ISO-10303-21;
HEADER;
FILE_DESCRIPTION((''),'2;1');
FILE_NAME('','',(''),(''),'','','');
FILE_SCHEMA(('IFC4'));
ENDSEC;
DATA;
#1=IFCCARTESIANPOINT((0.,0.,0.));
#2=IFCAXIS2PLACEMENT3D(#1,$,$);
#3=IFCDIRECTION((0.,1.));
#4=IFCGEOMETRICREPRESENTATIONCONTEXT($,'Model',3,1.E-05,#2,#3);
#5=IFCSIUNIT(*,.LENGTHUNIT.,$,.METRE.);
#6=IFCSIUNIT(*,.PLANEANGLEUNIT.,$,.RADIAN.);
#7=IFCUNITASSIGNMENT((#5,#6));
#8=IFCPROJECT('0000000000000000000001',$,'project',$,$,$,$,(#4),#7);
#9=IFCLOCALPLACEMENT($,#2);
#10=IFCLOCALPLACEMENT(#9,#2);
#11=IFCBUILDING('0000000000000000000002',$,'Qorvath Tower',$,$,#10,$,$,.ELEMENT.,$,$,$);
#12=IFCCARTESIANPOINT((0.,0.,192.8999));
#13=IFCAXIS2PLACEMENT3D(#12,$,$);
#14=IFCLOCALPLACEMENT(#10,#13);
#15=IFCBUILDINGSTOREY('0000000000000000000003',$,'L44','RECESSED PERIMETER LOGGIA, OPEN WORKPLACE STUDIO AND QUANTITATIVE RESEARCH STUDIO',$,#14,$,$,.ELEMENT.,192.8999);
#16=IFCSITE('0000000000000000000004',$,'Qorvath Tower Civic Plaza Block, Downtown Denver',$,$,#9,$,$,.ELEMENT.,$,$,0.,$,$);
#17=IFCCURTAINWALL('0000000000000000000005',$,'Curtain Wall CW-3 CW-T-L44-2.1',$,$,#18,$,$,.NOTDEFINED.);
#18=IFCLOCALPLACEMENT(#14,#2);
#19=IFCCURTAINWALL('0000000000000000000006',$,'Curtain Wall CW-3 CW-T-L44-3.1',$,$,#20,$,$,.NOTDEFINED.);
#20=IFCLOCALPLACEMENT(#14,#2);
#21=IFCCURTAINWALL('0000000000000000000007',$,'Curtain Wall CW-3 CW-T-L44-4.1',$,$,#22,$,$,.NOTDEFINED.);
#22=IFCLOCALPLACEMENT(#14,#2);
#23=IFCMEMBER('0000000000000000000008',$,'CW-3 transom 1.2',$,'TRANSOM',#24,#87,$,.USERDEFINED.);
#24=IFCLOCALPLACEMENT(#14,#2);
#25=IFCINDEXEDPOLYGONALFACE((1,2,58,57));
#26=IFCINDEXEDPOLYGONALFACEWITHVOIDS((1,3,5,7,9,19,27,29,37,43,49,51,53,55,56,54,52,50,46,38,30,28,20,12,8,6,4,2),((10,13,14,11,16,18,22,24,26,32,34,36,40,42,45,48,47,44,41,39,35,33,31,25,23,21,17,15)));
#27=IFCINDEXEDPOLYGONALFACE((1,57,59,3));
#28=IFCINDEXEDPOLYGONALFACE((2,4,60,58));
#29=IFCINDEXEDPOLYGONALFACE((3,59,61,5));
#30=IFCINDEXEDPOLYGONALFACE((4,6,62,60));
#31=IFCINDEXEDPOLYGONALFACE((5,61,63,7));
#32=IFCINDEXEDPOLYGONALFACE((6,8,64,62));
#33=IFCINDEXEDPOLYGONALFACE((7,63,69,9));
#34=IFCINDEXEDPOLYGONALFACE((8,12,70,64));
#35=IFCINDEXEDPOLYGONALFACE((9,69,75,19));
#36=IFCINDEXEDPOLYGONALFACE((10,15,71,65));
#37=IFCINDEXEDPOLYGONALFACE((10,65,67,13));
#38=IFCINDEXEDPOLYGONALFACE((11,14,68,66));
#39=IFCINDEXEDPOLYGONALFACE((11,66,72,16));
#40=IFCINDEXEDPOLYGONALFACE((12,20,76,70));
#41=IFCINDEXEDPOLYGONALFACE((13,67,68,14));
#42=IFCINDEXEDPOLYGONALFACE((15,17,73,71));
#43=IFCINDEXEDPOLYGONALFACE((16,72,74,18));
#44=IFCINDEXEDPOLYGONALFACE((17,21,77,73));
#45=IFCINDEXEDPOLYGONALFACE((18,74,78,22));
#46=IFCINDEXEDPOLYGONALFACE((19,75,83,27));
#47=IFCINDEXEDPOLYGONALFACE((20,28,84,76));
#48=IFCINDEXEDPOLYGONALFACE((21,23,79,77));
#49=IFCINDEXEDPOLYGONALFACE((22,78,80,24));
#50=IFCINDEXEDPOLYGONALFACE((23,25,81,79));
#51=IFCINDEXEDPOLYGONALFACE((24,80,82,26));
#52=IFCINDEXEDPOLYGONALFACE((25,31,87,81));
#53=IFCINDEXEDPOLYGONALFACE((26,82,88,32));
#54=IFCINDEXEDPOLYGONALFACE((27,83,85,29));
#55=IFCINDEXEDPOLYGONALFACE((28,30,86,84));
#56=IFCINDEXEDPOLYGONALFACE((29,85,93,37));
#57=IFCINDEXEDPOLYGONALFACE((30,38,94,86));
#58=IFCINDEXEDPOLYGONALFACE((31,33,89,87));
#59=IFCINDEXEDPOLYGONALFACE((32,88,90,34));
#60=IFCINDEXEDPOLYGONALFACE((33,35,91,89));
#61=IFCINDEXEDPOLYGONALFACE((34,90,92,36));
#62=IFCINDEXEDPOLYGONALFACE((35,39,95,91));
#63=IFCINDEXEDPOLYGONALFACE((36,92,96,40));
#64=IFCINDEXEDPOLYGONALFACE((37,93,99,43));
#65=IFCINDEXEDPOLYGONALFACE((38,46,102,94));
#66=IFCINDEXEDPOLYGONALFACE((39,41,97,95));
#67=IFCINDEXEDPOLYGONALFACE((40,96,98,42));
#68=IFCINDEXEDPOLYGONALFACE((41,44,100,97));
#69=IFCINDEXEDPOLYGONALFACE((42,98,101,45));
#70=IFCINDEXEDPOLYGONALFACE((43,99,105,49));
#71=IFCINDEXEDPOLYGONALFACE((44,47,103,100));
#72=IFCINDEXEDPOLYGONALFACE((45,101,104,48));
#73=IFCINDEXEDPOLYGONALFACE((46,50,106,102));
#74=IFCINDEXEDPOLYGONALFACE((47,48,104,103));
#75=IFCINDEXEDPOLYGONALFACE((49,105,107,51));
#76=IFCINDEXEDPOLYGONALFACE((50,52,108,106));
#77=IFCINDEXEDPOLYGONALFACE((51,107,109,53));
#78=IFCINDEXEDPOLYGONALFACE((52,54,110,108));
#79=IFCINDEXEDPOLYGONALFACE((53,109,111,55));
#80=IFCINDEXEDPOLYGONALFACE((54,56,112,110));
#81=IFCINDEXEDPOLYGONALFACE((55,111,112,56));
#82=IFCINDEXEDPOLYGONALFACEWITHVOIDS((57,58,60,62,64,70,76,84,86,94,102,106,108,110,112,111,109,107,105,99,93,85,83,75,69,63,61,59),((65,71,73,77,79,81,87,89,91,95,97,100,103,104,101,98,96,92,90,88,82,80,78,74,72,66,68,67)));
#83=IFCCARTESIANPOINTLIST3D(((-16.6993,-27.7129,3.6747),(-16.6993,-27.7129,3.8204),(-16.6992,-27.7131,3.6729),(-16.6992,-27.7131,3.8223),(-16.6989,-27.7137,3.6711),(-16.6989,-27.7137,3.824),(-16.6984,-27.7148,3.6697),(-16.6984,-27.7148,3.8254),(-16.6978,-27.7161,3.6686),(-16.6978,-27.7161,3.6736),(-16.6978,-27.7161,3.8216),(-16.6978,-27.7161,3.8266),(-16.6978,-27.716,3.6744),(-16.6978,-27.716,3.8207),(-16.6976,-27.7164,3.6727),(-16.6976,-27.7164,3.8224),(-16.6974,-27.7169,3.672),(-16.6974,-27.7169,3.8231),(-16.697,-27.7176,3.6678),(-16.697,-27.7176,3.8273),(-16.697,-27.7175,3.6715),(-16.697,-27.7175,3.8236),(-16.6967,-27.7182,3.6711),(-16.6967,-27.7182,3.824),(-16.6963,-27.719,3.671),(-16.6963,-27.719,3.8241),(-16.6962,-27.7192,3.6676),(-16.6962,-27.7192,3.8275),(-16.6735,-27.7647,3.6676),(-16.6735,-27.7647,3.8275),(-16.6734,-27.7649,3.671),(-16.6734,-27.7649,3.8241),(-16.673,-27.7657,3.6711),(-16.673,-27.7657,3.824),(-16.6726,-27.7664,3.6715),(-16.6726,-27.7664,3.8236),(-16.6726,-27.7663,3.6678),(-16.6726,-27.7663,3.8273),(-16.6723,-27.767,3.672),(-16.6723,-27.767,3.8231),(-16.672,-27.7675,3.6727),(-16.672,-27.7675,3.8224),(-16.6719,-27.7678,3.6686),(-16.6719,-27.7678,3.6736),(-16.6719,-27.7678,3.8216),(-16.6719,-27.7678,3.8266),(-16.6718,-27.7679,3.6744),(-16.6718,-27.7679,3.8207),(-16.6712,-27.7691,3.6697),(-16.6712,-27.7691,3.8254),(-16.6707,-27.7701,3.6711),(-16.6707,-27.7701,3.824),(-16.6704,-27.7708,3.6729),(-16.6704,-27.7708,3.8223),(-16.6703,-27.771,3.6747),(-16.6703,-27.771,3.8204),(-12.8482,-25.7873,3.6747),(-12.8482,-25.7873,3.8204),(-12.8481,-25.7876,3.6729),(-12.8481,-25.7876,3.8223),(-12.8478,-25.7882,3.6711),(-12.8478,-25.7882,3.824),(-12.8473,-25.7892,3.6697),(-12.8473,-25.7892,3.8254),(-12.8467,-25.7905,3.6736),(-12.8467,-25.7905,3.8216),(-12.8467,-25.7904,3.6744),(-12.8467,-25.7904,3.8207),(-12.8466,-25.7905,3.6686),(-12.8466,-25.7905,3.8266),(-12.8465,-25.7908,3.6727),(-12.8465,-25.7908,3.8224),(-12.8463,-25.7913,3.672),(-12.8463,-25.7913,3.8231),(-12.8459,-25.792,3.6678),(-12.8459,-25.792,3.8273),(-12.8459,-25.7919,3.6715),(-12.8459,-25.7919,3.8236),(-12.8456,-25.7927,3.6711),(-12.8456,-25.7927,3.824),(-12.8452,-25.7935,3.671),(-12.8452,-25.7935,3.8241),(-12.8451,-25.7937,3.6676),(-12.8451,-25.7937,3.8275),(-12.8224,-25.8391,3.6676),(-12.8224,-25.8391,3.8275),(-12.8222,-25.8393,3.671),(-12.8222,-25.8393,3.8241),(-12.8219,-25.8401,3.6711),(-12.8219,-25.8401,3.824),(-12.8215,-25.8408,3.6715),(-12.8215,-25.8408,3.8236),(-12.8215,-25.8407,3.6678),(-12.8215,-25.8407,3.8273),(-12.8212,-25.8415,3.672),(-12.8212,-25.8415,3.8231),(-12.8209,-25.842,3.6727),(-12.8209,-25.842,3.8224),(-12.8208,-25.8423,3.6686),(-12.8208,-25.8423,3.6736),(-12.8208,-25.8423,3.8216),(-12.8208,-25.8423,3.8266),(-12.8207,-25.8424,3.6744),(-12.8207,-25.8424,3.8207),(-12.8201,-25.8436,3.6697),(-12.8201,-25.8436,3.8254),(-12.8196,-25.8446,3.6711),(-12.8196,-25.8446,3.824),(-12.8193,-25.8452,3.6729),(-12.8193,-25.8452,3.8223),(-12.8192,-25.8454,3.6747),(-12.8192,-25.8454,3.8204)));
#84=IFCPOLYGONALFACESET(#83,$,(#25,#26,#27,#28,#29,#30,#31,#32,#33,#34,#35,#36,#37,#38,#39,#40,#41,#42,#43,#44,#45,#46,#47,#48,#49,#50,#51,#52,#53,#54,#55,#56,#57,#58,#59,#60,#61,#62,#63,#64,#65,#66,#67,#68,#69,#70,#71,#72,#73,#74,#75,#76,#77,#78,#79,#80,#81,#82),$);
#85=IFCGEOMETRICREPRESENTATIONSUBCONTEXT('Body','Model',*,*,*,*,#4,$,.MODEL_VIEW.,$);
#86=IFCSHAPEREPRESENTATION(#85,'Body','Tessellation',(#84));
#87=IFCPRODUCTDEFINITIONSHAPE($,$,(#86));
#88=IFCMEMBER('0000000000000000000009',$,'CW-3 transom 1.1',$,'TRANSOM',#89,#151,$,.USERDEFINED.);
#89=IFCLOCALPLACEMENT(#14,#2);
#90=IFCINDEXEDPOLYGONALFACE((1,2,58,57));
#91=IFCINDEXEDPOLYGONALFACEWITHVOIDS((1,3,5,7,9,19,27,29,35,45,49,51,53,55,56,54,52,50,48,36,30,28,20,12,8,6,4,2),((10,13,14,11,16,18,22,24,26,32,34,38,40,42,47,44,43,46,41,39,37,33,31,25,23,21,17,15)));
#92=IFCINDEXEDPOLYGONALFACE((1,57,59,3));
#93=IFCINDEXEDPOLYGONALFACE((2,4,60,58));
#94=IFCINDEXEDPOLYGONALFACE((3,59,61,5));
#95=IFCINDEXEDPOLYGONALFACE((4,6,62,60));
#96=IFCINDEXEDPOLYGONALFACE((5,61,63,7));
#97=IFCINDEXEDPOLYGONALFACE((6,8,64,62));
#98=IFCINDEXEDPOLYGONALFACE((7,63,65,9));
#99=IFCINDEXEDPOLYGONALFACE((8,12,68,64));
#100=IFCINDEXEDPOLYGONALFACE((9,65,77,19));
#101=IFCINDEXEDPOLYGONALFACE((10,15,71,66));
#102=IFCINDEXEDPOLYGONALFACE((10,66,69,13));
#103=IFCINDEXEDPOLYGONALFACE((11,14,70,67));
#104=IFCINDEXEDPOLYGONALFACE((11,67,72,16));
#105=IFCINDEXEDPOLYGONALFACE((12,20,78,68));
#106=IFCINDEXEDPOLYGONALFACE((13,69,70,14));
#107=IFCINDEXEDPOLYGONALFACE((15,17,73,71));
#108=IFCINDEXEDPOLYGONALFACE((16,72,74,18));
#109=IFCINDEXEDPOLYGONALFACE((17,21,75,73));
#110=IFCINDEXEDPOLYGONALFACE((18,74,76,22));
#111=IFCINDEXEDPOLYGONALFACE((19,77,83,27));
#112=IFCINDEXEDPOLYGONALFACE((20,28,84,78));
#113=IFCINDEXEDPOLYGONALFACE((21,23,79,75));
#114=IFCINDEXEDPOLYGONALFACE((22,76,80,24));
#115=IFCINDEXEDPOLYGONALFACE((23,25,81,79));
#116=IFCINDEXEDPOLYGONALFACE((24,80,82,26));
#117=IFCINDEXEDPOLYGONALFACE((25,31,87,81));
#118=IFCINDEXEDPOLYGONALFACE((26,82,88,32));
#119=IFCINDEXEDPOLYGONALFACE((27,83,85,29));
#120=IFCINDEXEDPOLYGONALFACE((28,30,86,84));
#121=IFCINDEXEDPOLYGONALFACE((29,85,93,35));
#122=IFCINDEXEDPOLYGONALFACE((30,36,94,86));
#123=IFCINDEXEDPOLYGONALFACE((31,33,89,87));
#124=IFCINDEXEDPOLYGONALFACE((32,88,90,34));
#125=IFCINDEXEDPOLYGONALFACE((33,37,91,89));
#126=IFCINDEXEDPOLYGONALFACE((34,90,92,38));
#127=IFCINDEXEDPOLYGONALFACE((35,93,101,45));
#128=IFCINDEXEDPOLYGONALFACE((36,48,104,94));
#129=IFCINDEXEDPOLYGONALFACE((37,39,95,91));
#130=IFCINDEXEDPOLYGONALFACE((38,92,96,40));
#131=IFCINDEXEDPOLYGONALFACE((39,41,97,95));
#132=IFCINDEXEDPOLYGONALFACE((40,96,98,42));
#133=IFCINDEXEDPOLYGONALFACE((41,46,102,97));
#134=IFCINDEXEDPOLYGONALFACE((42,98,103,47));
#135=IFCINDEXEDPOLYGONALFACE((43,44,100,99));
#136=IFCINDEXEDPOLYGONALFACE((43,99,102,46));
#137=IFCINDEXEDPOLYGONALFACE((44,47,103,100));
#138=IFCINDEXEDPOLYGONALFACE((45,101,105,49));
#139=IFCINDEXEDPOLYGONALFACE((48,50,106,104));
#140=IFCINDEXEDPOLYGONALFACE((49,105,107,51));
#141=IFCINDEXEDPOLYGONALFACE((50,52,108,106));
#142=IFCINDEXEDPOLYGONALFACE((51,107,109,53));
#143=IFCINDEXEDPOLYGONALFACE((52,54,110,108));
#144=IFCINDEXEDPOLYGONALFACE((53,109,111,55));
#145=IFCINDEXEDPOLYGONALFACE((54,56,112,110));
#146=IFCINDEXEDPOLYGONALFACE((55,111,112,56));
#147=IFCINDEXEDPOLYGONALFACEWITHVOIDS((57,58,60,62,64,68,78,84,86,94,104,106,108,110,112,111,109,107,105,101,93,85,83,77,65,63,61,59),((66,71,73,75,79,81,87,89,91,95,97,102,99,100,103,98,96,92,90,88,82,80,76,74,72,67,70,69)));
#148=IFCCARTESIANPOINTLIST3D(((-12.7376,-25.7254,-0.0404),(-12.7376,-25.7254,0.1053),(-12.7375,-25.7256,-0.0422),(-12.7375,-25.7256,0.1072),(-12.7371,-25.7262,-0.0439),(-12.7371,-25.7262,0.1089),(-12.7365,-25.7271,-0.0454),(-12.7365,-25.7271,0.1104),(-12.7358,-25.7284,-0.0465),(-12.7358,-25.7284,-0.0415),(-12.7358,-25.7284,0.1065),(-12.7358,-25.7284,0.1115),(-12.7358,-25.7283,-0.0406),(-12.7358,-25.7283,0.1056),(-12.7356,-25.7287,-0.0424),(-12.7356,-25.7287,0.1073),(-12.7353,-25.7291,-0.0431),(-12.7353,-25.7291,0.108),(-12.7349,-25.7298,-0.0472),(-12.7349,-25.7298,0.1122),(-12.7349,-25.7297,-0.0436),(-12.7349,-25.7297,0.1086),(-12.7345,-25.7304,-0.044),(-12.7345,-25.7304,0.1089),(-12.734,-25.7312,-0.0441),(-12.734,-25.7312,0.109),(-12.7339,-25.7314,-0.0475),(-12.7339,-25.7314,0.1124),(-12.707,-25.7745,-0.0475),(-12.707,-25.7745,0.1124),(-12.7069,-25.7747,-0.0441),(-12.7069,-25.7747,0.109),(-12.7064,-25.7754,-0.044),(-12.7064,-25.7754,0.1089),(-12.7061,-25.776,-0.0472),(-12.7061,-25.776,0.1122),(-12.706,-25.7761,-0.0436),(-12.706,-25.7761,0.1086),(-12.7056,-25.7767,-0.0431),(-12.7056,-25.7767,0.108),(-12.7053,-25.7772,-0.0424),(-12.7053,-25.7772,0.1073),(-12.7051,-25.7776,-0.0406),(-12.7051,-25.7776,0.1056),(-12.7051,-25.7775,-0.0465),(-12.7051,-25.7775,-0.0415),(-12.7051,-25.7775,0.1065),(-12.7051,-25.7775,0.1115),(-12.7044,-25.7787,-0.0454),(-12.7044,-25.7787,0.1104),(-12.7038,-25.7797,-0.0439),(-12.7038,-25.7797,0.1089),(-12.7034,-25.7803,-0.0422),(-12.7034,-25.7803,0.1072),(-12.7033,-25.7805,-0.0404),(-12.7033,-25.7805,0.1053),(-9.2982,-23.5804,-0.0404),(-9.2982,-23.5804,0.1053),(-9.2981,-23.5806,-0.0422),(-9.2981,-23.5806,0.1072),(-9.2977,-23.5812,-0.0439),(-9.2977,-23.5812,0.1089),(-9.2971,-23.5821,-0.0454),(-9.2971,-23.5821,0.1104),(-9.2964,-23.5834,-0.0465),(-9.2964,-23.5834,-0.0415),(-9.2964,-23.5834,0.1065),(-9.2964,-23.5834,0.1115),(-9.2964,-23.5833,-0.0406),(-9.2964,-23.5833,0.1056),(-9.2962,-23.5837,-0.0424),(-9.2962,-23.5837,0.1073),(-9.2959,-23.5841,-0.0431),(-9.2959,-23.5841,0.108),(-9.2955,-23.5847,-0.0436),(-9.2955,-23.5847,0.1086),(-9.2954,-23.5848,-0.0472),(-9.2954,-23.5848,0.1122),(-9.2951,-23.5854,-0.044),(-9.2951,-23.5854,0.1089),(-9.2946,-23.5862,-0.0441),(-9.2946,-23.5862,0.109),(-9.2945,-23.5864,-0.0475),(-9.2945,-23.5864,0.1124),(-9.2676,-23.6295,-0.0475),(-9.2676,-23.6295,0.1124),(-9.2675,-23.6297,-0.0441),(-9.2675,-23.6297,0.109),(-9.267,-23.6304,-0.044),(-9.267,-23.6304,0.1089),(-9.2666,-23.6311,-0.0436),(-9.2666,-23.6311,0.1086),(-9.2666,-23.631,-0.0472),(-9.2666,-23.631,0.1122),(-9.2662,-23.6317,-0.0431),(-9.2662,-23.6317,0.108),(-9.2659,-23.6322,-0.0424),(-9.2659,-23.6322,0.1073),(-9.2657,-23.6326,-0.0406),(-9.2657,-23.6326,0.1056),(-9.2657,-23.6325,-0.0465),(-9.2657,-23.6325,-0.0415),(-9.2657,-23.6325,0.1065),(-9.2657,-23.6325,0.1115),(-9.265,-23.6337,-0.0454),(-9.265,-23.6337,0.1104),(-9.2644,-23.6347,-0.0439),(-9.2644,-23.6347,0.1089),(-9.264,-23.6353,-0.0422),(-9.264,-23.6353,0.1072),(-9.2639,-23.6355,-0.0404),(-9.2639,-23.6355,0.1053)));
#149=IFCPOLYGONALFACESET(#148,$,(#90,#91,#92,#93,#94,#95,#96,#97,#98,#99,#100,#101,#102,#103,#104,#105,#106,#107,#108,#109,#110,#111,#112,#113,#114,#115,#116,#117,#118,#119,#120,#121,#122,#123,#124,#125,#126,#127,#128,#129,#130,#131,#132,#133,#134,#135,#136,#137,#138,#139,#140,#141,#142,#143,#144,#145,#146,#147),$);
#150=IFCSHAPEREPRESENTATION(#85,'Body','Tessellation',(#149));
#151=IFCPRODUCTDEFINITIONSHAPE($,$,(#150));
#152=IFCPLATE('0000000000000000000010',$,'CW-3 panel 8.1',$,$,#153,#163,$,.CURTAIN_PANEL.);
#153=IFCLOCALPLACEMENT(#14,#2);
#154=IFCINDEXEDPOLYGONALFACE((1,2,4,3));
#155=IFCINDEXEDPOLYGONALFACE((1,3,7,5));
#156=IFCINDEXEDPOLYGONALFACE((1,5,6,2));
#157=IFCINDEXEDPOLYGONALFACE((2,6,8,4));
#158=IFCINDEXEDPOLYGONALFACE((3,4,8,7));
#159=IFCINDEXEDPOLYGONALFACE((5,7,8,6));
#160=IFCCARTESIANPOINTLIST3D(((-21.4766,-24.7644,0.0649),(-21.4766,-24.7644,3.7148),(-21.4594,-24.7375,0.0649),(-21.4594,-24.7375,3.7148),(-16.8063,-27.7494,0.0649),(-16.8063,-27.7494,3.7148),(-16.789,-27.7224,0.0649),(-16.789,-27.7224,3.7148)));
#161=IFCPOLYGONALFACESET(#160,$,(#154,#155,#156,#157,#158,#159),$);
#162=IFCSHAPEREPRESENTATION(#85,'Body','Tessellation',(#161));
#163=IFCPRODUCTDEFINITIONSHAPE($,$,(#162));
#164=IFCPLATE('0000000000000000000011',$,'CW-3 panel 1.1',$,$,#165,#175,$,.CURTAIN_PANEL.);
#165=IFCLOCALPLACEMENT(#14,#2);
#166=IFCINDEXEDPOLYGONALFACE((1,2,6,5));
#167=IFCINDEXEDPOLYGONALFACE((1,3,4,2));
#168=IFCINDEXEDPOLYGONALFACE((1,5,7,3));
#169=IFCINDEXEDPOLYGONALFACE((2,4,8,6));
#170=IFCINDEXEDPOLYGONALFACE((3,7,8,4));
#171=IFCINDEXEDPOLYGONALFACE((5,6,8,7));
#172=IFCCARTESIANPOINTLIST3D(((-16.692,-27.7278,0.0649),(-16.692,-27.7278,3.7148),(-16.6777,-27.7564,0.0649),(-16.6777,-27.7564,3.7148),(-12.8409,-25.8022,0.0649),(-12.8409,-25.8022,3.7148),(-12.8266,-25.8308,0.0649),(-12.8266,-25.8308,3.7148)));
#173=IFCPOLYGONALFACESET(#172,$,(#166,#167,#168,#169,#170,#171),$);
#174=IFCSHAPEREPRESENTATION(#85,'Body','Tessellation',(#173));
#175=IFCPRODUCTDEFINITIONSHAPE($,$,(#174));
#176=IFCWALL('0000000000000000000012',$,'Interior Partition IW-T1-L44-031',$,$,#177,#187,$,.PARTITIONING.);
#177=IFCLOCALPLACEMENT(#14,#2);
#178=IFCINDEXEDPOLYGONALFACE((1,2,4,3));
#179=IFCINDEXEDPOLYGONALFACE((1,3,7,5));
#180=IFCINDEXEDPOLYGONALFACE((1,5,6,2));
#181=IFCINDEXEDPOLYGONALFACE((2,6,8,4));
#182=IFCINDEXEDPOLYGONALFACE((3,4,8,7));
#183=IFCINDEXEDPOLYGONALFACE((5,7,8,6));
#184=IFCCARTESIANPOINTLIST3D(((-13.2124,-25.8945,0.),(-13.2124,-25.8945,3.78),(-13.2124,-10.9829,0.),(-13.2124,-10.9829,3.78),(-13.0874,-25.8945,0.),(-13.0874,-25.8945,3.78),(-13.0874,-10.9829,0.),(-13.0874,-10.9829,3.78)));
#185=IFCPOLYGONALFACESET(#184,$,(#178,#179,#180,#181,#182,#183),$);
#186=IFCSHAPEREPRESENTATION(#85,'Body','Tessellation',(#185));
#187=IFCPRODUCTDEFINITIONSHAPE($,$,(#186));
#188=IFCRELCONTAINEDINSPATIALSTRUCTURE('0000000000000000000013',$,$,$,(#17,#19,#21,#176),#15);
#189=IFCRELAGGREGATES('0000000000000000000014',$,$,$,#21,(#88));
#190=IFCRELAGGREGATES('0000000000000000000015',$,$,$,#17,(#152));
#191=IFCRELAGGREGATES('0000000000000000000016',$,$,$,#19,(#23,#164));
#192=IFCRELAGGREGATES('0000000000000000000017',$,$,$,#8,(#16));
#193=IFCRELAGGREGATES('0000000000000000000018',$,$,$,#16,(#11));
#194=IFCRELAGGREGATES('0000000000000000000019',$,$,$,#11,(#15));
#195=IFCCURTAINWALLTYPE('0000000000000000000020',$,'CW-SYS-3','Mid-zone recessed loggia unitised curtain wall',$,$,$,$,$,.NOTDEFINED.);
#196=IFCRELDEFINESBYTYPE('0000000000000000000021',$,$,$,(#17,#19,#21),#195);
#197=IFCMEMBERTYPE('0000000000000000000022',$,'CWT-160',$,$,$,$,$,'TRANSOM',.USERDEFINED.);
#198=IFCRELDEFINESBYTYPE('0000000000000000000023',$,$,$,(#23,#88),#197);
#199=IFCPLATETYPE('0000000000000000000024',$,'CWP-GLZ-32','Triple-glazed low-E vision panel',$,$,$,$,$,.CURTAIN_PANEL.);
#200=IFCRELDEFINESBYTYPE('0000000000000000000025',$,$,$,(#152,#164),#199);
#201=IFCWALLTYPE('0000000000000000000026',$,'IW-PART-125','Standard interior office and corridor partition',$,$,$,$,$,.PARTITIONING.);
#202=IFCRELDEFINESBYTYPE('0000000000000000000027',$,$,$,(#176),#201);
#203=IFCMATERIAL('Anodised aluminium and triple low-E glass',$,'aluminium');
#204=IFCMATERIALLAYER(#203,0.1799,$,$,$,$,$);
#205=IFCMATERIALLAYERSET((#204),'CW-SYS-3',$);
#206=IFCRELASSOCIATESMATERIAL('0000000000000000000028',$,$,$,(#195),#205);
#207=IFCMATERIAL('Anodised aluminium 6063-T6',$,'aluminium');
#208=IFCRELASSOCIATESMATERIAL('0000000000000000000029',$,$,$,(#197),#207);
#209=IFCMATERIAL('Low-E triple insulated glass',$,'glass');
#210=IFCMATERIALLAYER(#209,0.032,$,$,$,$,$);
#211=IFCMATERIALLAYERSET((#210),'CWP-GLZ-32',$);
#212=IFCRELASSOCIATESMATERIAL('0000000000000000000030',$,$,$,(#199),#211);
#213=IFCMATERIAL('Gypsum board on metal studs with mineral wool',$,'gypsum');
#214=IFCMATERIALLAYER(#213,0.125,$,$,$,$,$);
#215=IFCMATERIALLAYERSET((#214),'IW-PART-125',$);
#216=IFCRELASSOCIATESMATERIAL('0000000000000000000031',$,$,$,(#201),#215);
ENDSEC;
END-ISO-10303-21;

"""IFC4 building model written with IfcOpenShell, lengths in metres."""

from ifc_helpers import new_model, si_unit, direction, frame, frame_2d, origin, origin_2d, place, context, subcontext, project, spatial, rectangle, hollow_rectangle, extrude, material, layer, layer_set, material_profile, profile_set, type_object, element, aggregate, save


model = new_model("IFC4")

# Units and contexts
model_context = context("Model", 3, precision=1e-05, world=origin(), true_north=direction((0.0, 1.0)))
body_context = subcontext(model_context, "Body", "Model", "MODEL_VIEW")
ifc_project = project(units=[si_unit("LENGTHUNIT", "METRE"), si_unit("PLANEANGLEUNIT", "RADIAN")], contexts=[model_context])

# Site, building, storey
site_placement = place(None, origin())
site = spatial("IfcSite", under=ifc_project, at=site_placement, Name="Qorvath Tower Civic Plaza Block, Downtown Denver", CompositionType="ELEMENT", RefElevation=0.0)
building_placement = place(site_placement, origin())
building = spatial("IfcBuilding", under=site, at=building_placement, Name="Qorvath Tower", CompositionType="ELEMENT")
storey_placement = place(building_placement, frame((0.0, 0.0, 192.8999)))
storey = spatial("IfcBuildingStorey", under=building, at=storey_placement, Name="L44", Description="RECESSED PERIMETER LOGGIA, OPEN WORKPLACE STUDIO AND QUANTITATIVE RESEARCH STUDIO", CompositionType="ELEMENT", Elevation=192.8999)

# Curtain walls
ifc_material_1 = material(Name="Anodised aluminium and triple low-E glass", Category="aluminium")
ifc_layer_1 = layer(ifc_material_1, 0.1799)
ifc_layer_set_1 = layer_set([ifc_layer_1], Name="CW-SYS-3")
curtain_wall_type = type_object("IfcCurtainWallType", Name="CW-SYS-3", Description="Mid-zone recessed loggia unitised curtain wall", PredefinedType="NOTDEFINED", material=ifc_layer_set_1)
curtain_wall_1_placement = place(storey_placement, origin())
curtain_wall_1 = element("IfcCurtainWall", 1, at=curtain_wall_1_placement, inside=storey, type_object=curtain_wall_type, Name="Curtain Wall CW-3 CW-T-L44-2.1", PredefinedType="NOTDEFINED")
curtain_wall_2_placement = place(storey_placement, origin())
curtain_wall_2 = element("IfcCurtainWall", 2, at=curtain_wall_2_placement, inside=storey, type_object=curtain_wall_type, Name="Curtain Wall CW-3 CW-T-L44-3.1", PredefinedType="NOTDEFINED")

# Curtain wall
curtain_wall_3_placement = place(storey_placement, origin())
curtain_wall_3 = element("IfcCurtainWall", 3, at=curtain_wall_3_placement, inside=storey, type_object=curtain_wall_type, Name="Curtain Wall CW-3 CW-T-L44-4.1", PredefinedType="NOTDEFINED")

# Members
ifc_material_2 = material(Name="Anodised aluminium 6063-T6", Category="aluminium")
ifc_material_profile_1 = material_profile(ifc_material_2, hollow_rectangle(XDim=0.0649, YDim=0.1599, WallThickness=0.0034, InnerFilletRadius=0.0034, OuterFilletRadius=0.0071, at=origin_2d()), Name="CWT 160x65")
ifc_profile_set_1 = profile_set([ifc_material_profile_1], Name="Anodised aluminium 6063-T6")
member_type_1 = type_object("IfcMemberType", Name="CWT-160", ElementType="TRANSOM", PredefinedType="USERDEFINED", material=ifc_profile_set_1)
member_1_placement = place(storey_placement, frame((-16.6848, -27.7419, 3.7476), z_axis=(0.894427, 0.447214, 0.0), x_axis=(-0.447214, 0.894427, 0.0)))
member_1 = element("IfcMember", 4, at=member_1_placement, type_object=member_type_1, Name="CW-3 transom 1.2", ObjectType="TRANSOM", PredefinedType="USERDEFINED", context=body_context, shape_type="SweptSolid", body=[
    extrude(hollow_rectangle(XDim=0.0649, YDim=0.1599, WallThickness=0.0034, InnerFilletRadius=0.0034, OuterFilletRadius=0.0071, at=origin_2d()), origin(), (0.0, 0.0, 1.0), 4.3057),
])
member_2_placement = place(storey_placement, frame((-12.7205, -25.7529, 0.0325), z_axis=(0.848512, 0.529176, 0.0), x_axis=(-0.529176, 0.848512, 0.0)))
member_2 = element("IfcMember", 5, at=member_2_placement, type_object=member_type_1, Name="CW-3 transom 1.1", ObjectType="TRANSOM", PredefinedType="USERDEFINED", context=body_context, shape_type="SweptSolid", body=[
    extrude(hollow_rectangle(XDim=0.0649, YDim=0.1599, WallThickness=0.0034, InnerFilletRadius=0.0034, OuterFilletRadius=0.0071, at=origin_2d()), origin(), (0.0, 0.0, 1.0), 4.0535),
])
aggregate(curtain_wall_3, [member_2])

# Plates
ifc_material_3 = material(Name="Low-E triple insulated glass", Category="glass")
ifc_layer_2 = layer(ifc_material_3, 0.032)
ifc_layer_set_2 = layer_set([ifc_layer_2], Name="CWP-GLZ-32")
plate_type = type_object("IfcPlateType", Name="CWP-GLZ-32", Description="Triple-glazed low-E vision panel", PredefinedType="CURTAIN_PANEL", material=ifc_layer_set_2)
plate_1_placement = place(storey_placement, frame((-19.1328, -26.2434, 0.0649), z_axis=(0.0, 0.0, 1.0), x_axis=(0.842604, -0.538534, 0.0)))
plate_1 = element("IfcPlate", 6, at=plate_1_placement, type_object=plate_type, Name="CW-3 panel 8.1", PredefinedType="CURTAIN_PANEL", context=body_context, shape_type="SweptSolid", body=[
    extrude(rectangle(XDim=5.5427, YDim=0.032, at=origin_2d()), origin(), (0.0, 0.0, 1.0), 3.6499),
])
aggregate(curtain_wall_1, [plate_1])
plate_2_placement = place(storey_placement, frame((-14.7593, -26.7793, 0.0649), z_axis=(0.0, 0.0, 1.0), x_axis=(0.894432, 0.447205, 0.0)))
plate_2 = element("IfcPlate", 7, at=plate_2_placement, type_object=plate_type, Name="CW-3 panel 1.1", PredefinedType="CURTAIN_PANEL", context=body_context, shape_type="SweptSolid", body=[
    extrude(rectangle(XDim=4.3057, YDim=0.032, at=origin_2d()), origin(), (0.0, 0.0, 1.0), 3.6499),
])
aggregate(curtain_wall_2, [member_1, plate_2])

# Wall
ifc_material_4 = material(Name="Gypsum board on metal studs with mineral wool", Category="gypsum")
ifc_layer_3 = layer(ifc_material_4, 0.125)
ifc_layer_set_3 = layer_set([ifc_layer_3], Name="IW-PART-125")
wall_type = type_object("IfcWallType", Name="IW-PART-125", Description="Standard interior office and corridor partition", PredefinedType="PARTITIONING", material=ifc_layer_set_3)
wall_1_placement = place(storey_placement, frame((-13.1499, -25.8945, 0.0), z_axis=(0.0, 0.0, 1.0), x_axis=(0.0, 1.0, 0.0)))
element("IfcWall", 8, at=wall_1_placement, inside=storey, type_object=wall_type, Name="Interior Partition IW-T1-L44-031", PredefinedType="PARTITIONING", context=body_context, shape_type="SweptSolid", body=[
    extrude(rectangle(XDim=14.9116, YDim=0.125, at=frame_2d((7.4558, 0.0))), origin(), (0.0, 0.0, 1.0), 3.78),
])

save(model, "model.ifc")
